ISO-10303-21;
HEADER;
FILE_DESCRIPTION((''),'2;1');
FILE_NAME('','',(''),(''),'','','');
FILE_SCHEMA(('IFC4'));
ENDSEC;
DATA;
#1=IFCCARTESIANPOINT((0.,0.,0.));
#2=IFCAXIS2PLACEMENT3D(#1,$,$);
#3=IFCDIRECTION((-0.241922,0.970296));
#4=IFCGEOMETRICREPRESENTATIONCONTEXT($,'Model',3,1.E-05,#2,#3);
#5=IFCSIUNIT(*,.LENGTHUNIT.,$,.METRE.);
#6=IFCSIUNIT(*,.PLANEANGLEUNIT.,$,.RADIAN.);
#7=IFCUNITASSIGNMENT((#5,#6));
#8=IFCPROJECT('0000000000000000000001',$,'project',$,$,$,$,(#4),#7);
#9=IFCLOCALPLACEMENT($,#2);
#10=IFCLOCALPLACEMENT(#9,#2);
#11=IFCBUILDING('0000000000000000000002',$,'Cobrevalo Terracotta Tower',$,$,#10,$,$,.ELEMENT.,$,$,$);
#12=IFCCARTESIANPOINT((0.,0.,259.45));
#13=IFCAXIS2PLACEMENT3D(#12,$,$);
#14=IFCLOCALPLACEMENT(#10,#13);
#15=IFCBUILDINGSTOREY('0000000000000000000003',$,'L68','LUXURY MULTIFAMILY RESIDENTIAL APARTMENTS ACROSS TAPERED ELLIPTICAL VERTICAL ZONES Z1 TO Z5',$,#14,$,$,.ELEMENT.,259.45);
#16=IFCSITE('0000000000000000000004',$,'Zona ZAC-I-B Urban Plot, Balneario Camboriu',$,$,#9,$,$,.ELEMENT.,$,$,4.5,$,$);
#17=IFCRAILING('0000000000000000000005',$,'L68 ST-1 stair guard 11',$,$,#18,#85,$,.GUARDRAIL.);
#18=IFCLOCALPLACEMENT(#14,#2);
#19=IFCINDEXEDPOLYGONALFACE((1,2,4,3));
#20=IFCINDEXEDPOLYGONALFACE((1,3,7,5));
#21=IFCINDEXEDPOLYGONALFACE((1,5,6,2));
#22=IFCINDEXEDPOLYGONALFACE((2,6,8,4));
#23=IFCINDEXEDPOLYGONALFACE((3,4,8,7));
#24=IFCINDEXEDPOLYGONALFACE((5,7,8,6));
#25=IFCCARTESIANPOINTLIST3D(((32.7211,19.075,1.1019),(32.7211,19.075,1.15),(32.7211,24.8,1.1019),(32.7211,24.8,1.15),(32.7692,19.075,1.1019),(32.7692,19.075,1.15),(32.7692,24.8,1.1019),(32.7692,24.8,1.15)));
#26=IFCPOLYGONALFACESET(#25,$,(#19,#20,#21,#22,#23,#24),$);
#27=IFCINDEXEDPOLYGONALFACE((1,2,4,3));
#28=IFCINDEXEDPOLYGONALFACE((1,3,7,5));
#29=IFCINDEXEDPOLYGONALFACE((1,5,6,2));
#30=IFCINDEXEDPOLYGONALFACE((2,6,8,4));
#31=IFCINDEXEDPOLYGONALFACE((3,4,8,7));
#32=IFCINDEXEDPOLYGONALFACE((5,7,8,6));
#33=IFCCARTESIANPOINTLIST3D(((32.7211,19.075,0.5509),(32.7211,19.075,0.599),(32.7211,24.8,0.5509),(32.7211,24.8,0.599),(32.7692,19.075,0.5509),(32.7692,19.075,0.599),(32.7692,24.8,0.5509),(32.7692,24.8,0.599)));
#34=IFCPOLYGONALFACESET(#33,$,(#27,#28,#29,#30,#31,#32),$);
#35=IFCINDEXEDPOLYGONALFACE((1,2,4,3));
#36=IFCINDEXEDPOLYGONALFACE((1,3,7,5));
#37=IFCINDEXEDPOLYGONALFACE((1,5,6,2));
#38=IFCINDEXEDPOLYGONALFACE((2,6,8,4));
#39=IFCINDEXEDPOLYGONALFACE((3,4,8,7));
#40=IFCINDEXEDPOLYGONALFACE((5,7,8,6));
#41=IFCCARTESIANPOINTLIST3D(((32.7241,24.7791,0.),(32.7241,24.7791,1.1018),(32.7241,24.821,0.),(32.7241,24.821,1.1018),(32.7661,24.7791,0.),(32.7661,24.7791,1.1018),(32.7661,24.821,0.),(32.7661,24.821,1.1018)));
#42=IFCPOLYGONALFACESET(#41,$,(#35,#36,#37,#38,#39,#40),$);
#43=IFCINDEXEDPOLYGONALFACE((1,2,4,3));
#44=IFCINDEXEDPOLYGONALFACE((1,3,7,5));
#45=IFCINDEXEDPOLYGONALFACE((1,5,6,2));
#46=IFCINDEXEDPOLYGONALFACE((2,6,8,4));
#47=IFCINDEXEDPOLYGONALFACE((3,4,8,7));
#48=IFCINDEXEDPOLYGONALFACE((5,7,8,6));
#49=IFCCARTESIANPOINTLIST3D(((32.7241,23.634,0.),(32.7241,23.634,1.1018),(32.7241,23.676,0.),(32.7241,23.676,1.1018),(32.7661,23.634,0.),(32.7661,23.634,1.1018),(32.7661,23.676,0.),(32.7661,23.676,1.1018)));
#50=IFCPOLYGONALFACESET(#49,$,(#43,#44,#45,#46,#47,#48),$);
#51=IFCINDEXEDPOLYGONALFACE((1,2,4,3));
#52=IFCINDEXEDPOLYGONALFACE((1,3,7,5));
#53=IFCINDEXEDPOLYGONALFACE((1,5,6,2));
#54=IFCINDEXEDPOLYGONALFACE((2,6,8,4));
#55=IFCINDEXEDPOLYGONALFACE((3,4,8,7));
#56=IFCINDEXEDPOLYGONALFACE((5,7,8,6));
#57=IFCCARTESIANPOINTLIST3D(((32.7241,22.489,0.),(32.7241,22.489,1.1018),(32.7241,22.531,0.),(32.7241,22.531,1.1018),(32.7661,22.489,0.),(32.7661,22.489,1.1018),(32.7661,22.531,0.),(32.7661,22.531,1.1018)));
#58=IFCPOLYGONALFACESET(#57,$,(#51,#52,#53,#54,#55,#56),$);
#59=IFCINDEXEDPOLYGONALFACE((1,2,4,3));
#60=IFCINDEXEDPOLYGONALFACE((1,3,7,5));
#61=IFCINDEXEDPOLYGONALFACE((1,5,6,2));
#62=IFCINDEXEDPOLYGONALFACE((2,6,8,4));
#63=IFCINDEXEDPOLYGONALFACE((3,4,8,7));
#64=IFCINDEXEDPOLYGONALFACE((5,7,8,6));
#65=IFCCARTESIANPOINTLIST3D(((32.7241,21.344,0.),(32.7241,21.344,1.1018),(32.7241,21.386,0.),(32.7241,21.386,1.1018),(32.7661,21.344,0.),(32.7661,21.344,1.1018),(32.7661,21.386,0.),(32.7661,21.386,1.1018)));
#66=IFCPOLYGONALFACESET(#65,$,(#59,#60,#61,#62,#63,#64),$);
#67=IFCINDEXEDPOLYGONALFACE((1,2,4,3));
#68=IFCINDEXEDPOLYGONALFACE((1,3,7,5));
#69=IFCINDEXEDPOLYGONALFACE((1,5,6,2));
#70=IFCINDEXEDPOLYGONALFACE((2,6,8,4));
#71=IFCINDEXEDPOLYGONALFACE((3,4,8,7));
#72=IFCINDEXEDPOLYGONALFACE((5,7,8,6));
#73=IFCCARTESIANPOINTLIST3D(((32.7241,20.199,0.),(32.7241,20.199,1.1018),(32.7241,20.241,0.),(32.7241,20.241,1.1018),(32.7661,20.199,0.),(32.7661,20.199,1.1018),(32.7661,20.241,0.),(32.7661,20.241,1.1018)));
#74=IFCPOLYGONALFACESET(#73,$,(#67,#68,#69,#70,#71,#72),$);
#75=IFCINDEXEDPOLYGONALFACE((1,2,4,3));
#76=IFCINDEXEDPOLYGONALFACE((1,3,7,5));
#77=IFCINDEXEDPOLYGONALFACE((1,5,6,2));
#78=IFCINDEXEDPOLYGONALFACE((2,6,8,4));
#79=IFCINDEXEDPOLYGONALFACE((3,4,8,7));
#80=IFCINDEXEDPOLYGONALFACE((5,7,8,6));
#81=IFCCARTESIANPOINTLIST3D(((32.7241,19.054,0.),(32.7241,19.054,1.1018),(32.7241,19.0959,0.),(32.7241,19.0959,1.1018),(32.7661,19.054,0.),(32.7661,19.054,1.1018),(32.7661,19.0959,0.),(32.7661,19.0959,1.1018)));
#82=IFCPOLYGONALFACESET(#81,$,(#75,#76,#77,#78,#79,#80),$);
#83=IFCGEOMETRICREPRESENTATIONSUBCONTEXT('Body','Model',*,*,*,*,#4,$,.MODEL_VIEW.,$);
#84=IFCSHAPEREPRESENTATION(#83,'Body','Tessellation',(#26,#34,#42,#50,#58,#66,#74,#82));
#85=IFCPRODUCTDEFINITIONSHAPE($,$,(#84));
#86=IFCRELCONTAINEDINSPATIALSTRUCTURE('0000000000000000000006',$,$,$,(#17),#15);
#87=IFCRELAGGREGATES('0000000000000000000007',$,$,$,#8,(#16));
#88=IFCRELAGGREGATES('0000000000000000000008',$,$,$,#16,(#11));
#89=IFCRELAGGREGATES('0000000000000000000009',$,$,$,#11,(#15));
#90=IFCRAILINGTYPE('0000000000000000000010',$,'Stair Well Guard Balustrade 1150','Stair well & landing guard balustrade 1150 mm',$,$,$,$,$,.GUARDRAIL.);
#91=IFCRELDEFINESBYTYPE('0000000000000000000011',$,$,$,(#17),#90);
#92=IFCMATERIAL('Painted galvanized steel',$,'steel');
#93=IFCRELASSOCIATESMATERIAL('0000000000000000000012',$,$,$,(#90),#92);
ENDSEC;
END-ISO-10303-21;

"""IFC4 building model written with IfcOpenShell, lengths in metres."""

from ifc_helpers import new_model, si_unit, direction, frame, origin, origin_2d, place, context, subcontext, project, spatial, rectangle, extrude, material, type_object, element, save


model = new_model("IFC4")

# Units and contexts
model_context = context("Model", 3, precision=1e-05, world=origin(), true_north=direction((-0.241922, 0.970296)))
body_context = subcontext(model_context, "Body", "Model", "MODEL_VIEW")
ifc_project = project(units=[si_unit("LENGTHUNIT", "METRE"), si_unit("PLANEANGLEUNIT", "RADIAN")], contexts=[model_context])

# Site, building, storey
site_placement = place(None, origin())
site = spatial("IfcSite", under=ifc_project, at=site_placement, Name="Zona ZAC-I-B Urban Plot, Balneario Camboriu", CompositionType="ELEMENT", RefElevation=4.5)
building_placement = place(site_placement, origin())
building = spatial("IfcBuilding", under=site, at=building_placement, Name="Cobrevalo Terracotta Tower", CompositionType="ELEMENT")
storey_placement = place(building_placement, frame((0.0, 0.0, 259.45)))
storey = spatial("IfcBuildingStorey", under=building, at=storey_placement, Name="L68", Description="LUXURY MULTIFAMILY RESIDENTIAL APARTMENTS ACROSS TAPERED ELLIPTICAL VERTICAL ZONES Z1 TO Z5", CompositionType="ELEMENT", Elevation=259.45)

# Railing
ifc_material_1 = material(Name="Painted galvanized steel", Category="steel")
railing_type_1 = type_object("IfcRailingType", Name="Stair Well Guard Balustrade 1150", Description="Stair well & landing guard balustrade 1150 mm", PredefinedType="GUARDRAIL", material=ifc_material_1)
for number, where, name in (
    (1, (32.7451, 24.8, 0.0), "L68 ST-1 stair guard 11"),
):
    element("IfcRailing", number, at=place(storey_placement, frame(where)), inside=storey, type_object=railing_type_1, Name=name, PredefinedType="GUARDRAIL", context=body_context, shape_type="SweptSolid", body=[
        extrude(rectangle(XDim=0.0481, YDim=0.0481, at=origin_2d()), frame((0.0, 0.0, 1.126), z_axis=(0.0, -1.0, 0.0), x_axis=(1.0, 0.0, 0.0)), (0.0, 0.0, 1.0), 5.7251),
        extrude(rectangle(XDim=0.0481, YDim=0.0481, at=origin_2d()), frame((0.0, 0.0, 0.575), z_axis=(0.0, -1.0, 0.0), x_axis=(1.0, 0.0, 0.0)), (0.0, 0.0, 1.0), 5.7251),
        extrude(rectangle(XDim=0.042, YDim=0.042, at=origin_2d()), origin(), (0.0, 0.0, 1.0), 1.1018),
        extrude(rectangle(XDim=0.042, YDim=0.042, at=origin_2d()), frame((0.0, -1.145, 0.0)), (0.0, 0.0, 1.0), 1.1018),
        extrude(rectangle(XDim=0.042, YDim=0.042, at=origin_2d()), frame((0.0, -2.29, 0.0)), (0.0, 0.0, 1.0), 1.1018),
        extrude(rectangle(XDim=0.042, YDim=0.042, at=origin_2d()), frame((0.0, -3.4351, 0.0)), (0.0, 0.0, 1.0), 1.1018),
        extrude(rectangle(XDim=0.042, YDim=0.042, at=origin_2d()), frame((0.0, -4.5801, 0.0)), (0.0, 0.0, 1.0), 1.1018),
        extrude(rectangle(XDim=0.042, YDim=0.042, at=origin_2d()), frame((0.0, -5.7251, 0.0)), (0.0, 0.0, 1.0), 1.1018),
    ])

save(model, "model.ifc")
